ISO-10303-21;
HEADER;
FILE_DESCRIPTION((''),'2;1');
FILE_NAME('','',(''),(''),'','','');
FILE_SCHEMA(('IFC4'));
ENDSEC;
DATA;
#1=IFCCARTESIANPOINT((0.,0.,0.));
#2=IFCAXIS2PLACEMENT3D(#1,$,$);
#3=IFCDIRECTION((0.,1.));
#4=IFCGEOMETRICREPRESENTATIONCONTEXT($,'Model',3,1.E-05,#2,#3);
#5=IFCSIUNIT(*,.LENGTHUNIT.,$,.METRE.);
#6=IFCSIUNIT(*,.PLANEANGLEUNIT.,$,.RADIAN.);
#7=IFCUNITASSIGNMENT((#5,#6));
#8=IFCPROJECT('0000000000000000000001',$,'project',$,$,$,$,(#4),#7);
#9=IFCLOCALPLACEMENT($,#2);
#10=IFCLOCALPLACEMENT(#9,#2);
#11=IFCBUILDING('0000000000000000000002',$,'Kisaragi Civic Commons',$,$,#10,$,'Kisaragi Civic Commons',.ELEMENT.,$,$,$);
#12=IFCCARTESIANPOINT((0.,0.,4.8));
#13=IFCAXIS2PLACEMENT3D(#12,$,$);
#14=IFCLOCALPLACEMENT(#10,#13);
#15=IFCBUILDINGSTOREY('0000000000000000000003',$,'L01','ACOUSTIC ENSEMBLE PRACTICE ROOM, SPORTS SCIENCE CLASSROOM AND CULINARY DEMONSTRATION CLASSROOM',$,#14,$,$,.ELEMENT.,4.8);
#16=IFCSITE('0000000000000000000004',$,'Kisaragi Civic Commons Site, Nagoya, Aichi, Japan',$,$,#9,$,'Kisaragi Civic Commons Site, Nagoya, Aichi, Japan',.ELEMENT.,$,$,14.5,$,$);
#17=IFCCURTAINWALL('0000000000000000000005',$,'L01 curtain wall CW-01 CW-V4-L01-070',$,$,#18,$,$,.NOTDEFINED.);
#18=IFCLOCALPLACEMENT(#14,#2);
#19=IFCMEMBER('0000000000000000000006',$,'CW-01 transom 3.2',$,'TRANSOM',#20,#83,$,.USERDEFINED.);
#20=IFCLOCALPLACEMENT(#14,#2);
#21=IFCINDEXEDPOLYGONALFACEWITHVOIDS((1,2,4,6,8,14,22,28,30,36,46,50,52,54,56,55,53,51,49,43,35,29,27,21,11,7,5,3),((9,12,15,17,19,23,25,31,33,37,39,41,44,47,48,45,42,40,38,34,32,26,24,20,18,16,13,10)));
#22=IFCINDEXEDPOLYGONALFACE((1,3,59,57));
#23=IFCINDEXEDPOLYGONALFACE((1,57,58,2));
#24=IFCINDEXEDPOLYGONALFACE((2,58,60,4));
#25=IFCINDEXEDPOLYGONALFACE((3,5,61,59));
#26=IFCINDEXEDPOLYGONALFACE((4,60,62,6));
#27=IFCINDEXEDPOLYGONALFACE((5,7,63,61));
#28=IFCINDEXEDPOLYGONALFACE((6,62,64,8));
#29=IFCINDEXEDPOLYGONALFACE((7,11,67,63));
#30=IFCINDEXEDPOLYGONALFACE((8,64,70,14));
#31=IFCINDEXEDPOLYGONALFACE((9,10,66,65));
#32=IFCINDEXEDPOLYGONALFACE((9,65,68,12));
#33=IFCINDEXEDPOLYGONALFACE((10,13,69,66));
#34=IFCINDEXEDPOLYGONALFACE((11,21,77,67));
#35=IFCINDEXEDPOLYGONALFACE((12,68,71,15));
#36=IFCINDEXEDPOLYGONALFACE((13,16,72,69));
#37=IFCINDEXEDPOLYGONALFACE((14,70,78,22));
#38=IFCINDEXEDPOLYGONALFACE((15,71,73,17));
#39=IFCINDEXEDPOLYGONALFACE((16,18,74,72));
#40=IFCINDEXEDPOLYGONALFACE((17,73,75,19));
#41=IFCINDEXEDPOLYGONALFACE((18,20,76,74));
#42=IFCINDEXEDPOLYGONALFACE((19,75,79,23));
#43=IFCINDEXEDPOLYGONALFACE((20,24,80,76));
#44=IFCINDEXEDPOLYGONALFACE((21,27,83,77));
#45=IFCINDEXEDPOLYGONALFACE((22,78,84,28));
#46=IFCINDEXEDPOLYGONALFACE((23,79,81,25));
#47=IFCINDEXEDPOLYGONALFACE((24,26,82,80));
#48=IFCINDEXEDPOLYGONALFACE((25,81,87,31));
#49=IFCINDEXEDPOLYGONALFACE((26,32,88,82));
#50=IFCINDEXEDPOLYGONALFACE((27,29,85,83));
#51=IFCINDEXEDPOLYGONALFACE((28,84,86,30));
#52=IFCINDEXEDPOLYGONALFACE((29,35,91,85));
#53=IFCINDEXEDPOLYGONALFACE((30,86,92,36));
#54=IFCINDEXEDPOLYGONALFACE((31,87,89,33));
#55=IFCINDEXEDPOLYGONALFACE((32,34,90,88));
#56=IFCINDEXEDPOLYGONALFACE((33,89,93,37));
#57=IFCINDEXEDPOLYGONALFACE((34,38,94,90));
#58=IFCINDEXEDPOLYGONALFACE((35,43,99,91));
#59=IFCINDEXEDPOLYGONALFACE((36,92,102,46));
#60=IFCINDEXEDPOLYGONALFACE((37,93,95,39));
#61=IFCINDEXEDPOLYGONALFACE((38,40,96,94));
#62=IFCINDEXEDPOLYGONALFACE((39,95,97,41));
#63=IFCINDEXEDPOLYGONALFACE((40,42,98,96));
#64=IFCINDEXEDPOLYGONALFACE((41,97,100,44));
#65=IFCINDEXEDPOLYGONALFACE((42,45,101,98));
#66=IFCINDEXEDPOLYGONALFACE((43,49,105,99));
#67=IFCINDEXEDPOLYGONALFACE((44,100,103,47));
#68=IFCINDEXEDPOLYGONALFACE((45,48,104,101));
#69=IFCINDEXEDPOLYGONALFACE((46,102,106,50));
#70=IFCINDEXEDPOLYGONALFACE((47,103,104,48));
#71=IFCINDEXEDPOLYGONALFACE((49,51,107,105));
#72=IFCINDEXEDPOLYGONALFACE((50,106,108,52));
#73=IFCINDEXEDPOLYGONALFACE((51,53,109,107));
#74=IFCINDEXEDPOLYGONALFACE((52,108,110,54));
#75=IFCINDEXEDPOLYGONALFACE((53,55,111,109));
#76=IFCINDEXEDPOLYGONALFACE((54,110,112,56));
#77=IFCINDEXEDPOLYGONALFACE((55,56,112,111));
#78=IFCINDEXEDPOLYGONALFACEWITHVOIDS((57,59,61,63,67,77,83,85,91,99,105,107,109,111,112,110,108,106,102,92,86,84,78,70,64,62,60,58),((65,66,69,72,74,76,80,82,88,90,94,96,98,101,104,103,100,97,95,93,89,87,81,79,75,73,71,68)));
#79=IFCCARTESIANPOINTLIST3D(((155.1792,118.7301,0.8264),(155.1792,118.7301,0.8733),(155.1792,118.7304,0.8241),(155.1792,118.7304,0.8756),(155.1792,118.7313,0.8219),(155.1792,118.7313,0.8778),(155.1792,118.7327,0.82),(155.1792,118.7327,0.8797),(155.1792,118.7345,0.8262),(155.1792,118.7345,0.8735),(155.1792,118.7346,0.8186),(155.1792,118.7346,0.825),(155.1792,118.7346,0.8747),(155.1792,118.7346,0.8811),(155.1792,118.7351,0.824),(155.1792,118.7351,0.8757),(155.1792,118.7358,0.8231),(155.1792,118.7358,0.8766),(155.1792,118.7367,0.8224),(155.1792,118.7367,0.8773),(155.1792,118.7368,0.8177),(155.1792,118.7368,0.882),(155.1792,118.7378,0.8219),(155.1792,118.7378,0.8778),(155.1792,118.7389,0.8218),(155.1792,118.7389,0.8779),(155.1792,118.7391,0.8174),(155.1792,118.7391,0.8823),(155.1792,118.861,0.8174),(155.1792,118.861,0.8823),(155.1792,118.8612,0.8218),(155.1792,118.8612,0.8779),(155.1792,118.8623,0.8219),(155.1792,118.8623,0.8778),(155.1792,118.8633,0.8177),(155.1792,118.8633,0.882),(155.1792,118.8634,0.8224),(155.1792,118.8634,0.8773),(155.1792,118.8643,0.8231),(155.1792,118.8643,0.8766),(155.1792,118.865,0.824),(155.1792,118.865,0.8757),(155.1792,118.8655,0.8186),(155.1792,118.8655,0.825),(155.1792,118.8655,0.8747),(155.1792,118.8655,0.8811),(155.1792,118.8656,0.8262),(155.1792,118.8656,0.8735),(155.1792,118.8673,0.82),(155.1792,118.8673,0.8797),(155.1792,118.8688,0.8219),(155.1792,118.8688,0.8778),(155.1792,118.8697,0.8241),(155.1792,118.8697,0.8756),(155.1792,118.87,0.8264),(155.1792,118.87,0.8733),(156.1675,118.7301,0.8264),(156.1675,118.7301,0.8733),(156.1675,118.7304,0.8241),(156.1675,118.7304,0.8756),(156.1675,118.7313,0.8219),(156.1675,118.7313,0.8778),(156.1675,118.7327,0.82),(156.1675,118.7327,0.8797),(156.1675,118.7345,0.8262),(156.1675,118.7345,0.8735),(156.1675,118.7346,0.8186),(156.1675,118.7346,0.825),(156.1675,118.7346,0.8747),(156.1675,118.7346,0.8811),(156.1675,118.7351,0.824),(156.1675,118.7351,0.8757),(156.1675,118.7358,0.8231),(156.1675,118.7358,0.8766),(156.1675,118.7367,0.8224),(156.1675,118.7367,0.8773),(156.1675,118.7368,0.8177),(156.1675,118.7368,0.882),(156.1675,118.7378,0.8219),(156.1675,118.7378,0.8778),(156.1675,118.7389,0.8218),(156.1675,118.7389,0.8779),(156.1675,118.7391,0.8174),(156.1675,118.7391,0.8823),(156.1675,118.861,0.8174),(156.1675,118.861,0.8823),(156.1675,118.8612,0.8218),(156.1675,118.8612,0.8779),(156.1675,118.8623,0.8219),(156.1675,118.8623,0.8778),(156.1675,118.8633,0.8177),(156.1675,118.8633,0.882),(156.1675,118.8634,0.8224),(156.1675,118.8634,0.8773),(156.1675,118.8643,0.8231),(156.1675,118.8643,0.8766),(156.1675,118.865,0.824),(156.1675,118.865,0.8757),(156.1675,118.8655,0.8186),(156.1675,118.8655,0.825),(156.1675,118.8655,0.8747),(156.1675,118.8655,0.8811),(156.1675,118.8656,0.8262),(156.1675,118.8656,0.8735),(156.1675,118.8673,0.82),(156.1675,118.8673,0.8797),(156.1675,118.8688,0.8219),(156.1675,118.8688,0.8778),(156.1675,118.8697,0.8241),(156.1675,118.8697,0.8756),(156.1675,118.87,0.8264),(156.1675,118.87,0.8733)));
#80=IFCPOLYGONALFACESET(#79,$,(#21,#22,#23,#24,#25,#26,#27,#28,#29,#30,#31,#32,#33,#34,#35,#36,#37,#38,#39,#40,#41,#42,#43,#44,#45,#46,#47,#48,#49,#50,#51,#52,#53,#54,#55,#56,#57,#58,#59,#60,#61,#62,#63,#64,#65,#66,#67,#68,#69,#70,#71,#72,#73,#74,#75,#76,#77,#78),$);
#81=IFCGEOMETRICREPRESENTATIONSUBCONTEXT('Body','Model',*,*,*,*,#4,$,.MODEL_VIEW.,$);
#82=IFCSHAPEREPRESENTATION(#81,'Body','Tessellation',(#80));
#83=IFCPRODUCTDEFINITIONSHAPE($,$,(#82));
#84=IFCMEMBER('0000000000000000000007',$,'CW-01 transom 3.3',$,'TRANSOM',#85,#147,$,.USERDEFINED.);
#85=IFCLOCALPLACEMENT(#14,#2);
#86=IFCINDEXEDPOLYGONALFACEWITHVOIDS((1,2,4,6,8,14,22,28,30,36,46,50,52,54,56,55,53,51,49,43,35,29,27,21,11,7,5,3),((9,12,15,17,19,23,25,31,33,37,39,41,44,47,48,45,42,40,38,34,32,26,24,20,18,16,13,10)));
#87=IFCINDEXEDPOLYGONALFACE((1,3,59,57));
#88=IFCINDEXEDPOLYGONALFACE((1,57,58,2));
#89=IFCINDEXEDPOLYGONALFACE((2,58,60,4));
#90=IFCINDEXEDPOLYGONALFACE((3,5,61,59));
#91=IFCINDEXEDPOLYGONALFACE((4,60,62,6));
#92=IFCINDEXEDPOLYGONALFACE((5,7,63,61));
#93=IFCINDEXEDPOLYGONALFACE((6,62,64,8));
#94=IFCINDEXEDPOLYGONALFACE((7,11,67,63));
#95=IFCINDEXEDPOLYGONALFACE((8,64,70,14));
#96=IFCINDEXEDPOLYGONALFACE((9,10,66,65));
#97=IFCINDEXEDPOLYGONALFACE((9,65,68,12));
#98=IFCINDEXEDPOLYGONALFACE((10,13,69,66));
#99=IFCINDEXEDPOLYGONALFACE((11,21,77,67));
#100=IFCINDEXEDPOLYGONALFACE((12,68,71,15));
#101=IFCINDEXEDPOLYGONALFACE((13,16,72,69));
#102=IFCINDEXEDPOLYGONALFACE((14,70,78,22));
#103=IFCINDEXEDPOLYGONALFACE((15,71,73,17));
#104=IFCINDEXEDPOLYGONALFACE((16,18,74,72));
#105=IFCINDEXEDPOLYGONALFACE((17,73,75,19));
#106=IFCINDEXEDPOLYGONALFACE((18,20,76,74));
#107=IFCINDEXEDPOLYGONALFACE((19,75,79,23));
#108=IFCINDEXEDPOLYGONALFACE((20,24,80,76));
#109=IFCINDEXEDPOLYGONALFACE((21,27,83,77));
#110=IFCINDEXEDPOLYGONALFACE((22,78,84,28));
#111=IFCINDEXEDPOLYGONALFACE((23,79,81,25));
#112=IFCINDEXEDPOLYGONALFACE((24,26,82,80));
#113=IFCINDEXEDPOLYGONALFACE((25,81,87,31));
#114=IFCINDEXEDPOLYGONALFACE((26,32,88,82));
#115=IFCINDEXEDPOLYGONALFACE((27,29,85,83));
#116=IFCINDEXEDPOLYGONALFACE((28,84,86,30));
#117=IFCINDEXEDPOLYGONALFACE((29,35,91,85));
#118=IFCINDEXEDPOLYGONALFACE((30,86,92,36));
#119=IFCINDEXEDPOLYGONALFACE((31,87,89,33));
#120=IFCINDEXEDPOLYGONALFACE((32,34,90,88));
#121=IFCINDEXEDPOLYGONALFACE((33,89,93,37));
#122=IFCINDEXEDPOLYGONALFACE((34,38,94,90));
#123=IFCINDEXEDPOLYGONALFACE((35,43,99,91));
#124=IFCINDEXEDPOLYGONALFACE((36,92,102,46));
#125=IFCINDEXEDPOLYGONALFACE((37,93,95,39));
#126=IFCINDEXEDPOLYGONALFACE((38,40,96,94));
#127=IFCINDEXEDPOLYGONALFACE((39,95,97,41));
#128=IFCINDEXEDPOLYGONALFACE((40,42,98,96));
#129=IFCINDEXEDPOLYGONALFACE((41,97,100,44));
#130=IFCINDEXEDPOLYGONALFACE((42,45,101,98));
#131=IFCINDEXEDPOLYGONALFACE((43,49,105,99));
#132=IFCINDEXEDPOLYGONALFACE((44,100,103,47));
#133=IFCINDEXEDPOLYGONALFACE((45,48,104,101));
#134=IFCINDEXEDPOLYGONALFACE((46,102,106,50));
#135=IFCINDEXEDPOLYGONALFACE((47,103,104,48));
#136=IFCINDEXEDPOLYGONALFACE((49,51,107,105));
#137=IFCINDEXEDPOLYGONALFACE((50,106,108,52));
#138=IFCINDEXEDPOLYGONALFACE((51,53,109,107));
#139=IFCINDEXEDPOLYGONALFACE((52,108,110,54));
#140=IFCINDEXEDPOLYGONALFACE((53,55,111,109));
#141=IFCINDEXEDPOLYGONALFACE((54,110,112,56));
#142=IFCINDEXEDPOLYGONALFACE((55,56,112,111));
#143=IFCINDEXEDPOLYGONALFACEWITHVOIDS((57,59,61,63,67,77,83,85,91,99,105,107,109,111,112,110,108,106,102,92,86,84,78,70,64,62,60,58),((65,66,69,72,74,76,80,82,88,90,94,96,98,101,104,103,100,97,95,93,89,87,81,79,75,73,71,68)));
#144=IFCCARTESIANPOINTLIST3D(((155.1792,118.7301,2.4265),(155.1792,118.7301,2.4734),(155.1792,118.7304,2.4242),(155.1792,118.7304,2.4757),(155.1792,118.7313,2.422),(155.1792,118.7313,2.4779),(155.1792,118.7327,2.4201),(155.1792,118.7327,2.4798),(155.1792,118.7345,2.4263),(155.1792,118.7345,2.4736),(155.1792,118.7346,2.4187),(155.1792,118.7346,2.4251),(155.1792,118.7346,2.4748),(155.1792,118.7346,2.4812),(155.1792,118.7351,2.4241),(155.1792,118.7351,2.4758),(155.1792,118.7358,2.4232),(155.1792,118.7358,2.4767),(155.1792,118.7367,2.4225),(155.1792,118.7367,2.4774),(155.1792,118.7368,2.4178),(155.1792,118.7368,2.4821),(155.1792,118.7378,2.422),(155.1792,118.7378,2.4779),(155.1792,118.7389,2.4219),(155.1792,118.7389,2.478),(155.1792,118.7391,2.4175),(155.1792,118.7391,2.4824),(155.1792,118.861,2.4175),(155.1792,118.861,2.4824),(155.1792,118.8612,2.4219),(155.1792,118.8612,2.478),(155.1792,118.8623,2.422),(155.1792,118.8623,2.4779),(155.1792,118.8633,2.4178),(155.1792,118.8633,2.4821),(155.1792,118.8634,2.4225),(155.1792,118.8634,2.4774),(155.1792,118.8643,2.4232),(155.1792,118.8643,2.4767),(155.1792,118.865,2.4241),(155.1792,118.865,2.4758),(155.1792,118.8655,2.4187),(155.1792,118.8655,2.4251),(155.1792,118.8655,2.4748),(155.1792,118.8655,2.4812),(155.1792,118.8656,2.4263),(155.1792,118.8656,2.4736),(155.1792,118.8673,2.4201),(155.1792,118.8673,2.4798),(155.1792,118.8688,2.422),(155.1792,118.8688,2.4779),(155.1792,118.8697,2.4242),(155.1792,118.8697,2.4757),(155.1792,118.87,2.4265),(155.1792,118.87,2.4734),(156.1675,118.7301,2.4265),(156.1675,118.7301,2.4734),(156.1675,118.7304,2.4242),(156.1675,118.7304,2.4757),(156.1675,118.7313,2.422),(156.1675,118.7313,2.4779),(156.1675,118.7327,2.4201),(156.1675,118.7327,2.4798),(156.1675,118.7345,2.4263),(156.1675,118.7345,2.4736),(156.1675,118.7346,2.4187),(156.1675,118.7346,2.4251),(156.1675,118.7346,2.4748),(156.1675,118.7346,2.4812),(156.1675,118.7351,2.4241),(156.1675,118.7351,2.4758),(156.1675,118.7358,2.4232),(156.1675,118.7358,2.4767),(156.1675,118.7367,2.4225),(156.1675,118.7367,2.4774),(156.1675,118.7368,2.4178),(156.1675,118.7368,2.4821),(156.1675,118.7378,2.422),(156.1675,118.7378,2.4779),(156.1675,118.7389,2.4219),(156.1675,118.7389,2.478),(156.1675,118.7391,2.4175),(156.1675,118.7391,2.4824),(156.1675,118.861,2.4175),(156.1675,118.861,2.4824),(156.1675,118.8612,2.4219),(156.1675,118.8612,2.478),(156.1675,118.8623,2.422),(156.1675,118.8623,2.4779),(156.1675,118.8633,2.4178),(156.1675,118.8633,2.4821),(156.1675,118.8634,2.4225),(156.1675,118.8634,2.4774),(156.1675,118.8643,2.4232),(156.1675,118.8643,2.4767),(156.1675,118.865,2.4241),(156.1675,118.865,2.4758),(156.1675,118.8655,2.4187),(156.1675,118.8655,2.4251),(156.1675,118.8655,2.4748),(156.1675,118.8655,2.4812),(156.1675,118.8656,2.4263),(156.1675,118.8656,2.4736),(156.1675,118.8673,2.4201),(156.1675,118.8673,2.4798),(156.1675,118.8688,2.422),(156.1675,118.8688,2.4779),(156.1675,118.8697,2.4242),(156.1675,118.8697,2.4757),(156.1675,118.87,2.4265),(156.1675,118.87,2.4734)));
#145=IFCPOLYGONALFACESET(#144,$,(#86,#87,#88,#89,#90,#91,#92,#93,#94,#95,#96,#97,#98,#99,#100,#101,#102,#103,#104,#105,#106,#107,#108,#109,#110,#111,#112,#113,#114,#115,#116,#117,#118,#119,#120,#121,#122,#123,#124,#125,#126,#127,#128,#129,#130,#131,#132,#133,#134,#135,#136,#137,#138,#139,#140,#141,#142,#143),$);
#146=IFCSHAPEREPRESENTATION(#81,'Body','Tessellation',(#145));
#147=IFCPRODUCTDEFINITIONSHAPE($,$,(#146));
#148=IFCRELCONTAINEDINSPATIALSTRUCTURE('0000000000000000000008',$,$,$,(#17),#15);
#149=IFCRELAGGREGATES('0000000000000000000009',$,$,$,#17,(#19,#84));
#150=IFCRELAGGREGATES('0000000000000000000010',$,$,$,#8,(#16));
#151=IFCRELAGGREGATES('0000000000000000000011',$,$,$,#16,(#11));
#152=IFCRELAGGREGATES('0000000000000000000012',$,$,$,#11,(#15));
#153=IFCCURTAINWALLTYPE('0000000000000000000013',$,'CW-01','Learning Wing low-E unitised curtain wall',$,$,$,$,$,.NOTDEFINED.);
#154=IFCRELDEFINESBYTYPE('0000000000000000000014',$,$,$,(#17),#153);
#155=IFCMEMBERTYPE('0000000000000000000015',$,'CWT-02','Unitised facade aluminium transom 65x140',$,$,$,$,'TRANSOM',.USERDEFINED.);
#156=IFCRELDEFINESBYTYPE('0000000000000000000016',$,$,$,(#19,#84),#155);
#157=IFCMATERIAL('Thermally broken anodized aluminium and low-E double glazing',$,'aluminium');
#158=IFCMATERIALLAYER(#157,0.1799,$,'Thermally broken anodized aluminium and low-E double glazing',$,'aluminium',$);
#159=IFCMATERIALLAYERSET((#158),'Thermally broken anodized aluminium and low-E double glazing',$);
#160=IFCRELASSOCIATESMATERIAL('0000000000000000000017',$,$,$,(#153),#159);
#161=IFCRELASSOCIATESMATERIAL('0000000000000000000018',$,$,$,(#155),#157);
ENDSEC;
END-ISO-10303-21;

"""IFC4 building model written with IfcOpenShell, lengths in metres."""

from ifc_helpers import new_model, si_unit, direction, frame, origin, origin_2d, place, context, subcontext, project, spatial, hollow_rectangle, extrude, material, layer, layer_set, material_profile, profile_set, type_object, element, aggregate, save


model = new_model("IFC4")

# Units and contexts
model_context = context("Model", 3, precision=1e-05, world=origin(), true_north=direction((0.0, 1.0)))
body_context = subcontext(model_context, "Body", "Model", "MODEL_VIEW")
ifc_project = project(units=[si_unit("LENGTHUNIT", "METRE"), si_unit("PLANEANGLEUNIT", "RADIAN")], contexts=[model_context])

# Site, building, storey
site_placement = place(None, origin())
site = spatial("IfcSite", under=ifc_project, at=site_placement, Name="Kisaragi Civic Commons Site, Nagoya, Aichi, Japan", LongName="Kisaragi Civic Commons Site, Nagoya, Aichi, Japan", CompositionType="ELEMENT", RefElevation=14.5)
building_placement = place(site_placement, origin())
building = spatial("IfcBuilding", under=site, at=building_placement, Name="Kisaragi Civic Commons", LongName="Kisaragi Civic Commons", CompositionType="ELEMENT")
storey_placement = place(building_placement, frame((0.0, 0.0, 4.8)))
storey = spatial("IfcBuildingStorey", under=building, at=storey_placement, Name="L01", Description="ACOUSTIC ENSEMBLE PRACTICE ROOM, SPORTS SCIENCE CLASSROOM AND CULINARY DEMONSTRATION CLASSROOM", CompositionType="ELEMENT", Elevation=4.8)

# Curtain wall, members
ifc_material = material(Name="Thermally broken anodized aluminium and low-E double glazing", Category="aluminium")
ifc_layer_1 = layer(ifc_material, 0.1799, Name="Thermally broken anodized aluminium and low-E double glazing", Category="aluminium")
ifc_layer_set_1 = layer_set([ifc_layer_1], Name="Thermally broken anodized aluminium and low-E double glazing")
curtain_wall_type = type_object("IfcCurtainWallType", Name="CW-01", Description="Learning Wing low-E unitised curtain wall", PredefinedType="NOTDEFINED", material=ifc_layer_set_1)
curtain_wall_placement = place(storey_placement, origin())
curtain_wall = element("IfcCurtainWall", 1, at=curtain_wall_placement, inside=storey, type_object=curtain_wall_type, Name="L01 curtain wall CW-01 CW-V4-L01-070", PredefinedType="NOTDEFINED")
ifc_material_profile_1 = material_profile(ifc_material, hollow_rectangle(XDim=0.1399, YDim=0.0649, WallThickness=0.0044, InnerFilletRadius=0.0044, OuterFilletRadius=0.009, at=origin_2d()), Name="CWT-65x140x4.5", Category="aluminium")
ifc_profile_set_1 = profile_set([ifc_material_profile_1], Name="Thermally broken anodized aluminium and low-E double glazing")
member_type_1 = type_object("IfcMemberType", Name="CWT-02", Description="Unitised facade aluminium transom 65x140", ElementType="TRANSOM", PredefinedType="USERDEFINED", material=ifc_profile_set_1)
member_1_placement = place(storey_placement, frame((155.1792, 118.8, 0.8499), z_axis=(1.0, 0.0, 0.0), x_axis=(0.0, 1.0, 0.0)))
member_1 = element("IfcMember", 2, at=member_1_placement, type_object=member_type_1, Name="CW-01 transom 3.2", ObjectType="TRANSOM", PredefinedType="USERDEFINED", context=body_context, shape_type="SweptSolid", body=[
    extrude(hollow_rectangle(XDim=0.1399, YDim=0.0649, WallThickness=0.0044, InnerFilletRadius=0.0044, OuterFilletRadius=0.009, at=origin_2d()), origin(), (0.0, 0.0, 1.0), 0.9883),
])
member_2_placement = place(storey_placement, frame((155.1792, 118.8, 2.45), z_axis=(1.0, 0.0, 0.0), x_axis=(0.0, 1.0, 0.0)))
member_2 = element("IfcMember", 3, at=member_2_placement, type_object=member_type_1, Name="CW-01 transom 3.3", ObjectType="TRANSOM", PredefinedType="USERDEFINED", context=body_context, shape_type="SweptSolid", body=[
    extrude(hollow_rectangle(XDim=0.1399, YDim=0.0649, WallThickness=0.0044, InnerFilletRadius=0.0044, OuterFilletRadius=0.009, at=origin_2d()), origin(), (0.0, 0.0, 1.0), 0.9883),
])
aggregate(curtain_wall, [member_1, member_2])

save(model, "model.ifc")
